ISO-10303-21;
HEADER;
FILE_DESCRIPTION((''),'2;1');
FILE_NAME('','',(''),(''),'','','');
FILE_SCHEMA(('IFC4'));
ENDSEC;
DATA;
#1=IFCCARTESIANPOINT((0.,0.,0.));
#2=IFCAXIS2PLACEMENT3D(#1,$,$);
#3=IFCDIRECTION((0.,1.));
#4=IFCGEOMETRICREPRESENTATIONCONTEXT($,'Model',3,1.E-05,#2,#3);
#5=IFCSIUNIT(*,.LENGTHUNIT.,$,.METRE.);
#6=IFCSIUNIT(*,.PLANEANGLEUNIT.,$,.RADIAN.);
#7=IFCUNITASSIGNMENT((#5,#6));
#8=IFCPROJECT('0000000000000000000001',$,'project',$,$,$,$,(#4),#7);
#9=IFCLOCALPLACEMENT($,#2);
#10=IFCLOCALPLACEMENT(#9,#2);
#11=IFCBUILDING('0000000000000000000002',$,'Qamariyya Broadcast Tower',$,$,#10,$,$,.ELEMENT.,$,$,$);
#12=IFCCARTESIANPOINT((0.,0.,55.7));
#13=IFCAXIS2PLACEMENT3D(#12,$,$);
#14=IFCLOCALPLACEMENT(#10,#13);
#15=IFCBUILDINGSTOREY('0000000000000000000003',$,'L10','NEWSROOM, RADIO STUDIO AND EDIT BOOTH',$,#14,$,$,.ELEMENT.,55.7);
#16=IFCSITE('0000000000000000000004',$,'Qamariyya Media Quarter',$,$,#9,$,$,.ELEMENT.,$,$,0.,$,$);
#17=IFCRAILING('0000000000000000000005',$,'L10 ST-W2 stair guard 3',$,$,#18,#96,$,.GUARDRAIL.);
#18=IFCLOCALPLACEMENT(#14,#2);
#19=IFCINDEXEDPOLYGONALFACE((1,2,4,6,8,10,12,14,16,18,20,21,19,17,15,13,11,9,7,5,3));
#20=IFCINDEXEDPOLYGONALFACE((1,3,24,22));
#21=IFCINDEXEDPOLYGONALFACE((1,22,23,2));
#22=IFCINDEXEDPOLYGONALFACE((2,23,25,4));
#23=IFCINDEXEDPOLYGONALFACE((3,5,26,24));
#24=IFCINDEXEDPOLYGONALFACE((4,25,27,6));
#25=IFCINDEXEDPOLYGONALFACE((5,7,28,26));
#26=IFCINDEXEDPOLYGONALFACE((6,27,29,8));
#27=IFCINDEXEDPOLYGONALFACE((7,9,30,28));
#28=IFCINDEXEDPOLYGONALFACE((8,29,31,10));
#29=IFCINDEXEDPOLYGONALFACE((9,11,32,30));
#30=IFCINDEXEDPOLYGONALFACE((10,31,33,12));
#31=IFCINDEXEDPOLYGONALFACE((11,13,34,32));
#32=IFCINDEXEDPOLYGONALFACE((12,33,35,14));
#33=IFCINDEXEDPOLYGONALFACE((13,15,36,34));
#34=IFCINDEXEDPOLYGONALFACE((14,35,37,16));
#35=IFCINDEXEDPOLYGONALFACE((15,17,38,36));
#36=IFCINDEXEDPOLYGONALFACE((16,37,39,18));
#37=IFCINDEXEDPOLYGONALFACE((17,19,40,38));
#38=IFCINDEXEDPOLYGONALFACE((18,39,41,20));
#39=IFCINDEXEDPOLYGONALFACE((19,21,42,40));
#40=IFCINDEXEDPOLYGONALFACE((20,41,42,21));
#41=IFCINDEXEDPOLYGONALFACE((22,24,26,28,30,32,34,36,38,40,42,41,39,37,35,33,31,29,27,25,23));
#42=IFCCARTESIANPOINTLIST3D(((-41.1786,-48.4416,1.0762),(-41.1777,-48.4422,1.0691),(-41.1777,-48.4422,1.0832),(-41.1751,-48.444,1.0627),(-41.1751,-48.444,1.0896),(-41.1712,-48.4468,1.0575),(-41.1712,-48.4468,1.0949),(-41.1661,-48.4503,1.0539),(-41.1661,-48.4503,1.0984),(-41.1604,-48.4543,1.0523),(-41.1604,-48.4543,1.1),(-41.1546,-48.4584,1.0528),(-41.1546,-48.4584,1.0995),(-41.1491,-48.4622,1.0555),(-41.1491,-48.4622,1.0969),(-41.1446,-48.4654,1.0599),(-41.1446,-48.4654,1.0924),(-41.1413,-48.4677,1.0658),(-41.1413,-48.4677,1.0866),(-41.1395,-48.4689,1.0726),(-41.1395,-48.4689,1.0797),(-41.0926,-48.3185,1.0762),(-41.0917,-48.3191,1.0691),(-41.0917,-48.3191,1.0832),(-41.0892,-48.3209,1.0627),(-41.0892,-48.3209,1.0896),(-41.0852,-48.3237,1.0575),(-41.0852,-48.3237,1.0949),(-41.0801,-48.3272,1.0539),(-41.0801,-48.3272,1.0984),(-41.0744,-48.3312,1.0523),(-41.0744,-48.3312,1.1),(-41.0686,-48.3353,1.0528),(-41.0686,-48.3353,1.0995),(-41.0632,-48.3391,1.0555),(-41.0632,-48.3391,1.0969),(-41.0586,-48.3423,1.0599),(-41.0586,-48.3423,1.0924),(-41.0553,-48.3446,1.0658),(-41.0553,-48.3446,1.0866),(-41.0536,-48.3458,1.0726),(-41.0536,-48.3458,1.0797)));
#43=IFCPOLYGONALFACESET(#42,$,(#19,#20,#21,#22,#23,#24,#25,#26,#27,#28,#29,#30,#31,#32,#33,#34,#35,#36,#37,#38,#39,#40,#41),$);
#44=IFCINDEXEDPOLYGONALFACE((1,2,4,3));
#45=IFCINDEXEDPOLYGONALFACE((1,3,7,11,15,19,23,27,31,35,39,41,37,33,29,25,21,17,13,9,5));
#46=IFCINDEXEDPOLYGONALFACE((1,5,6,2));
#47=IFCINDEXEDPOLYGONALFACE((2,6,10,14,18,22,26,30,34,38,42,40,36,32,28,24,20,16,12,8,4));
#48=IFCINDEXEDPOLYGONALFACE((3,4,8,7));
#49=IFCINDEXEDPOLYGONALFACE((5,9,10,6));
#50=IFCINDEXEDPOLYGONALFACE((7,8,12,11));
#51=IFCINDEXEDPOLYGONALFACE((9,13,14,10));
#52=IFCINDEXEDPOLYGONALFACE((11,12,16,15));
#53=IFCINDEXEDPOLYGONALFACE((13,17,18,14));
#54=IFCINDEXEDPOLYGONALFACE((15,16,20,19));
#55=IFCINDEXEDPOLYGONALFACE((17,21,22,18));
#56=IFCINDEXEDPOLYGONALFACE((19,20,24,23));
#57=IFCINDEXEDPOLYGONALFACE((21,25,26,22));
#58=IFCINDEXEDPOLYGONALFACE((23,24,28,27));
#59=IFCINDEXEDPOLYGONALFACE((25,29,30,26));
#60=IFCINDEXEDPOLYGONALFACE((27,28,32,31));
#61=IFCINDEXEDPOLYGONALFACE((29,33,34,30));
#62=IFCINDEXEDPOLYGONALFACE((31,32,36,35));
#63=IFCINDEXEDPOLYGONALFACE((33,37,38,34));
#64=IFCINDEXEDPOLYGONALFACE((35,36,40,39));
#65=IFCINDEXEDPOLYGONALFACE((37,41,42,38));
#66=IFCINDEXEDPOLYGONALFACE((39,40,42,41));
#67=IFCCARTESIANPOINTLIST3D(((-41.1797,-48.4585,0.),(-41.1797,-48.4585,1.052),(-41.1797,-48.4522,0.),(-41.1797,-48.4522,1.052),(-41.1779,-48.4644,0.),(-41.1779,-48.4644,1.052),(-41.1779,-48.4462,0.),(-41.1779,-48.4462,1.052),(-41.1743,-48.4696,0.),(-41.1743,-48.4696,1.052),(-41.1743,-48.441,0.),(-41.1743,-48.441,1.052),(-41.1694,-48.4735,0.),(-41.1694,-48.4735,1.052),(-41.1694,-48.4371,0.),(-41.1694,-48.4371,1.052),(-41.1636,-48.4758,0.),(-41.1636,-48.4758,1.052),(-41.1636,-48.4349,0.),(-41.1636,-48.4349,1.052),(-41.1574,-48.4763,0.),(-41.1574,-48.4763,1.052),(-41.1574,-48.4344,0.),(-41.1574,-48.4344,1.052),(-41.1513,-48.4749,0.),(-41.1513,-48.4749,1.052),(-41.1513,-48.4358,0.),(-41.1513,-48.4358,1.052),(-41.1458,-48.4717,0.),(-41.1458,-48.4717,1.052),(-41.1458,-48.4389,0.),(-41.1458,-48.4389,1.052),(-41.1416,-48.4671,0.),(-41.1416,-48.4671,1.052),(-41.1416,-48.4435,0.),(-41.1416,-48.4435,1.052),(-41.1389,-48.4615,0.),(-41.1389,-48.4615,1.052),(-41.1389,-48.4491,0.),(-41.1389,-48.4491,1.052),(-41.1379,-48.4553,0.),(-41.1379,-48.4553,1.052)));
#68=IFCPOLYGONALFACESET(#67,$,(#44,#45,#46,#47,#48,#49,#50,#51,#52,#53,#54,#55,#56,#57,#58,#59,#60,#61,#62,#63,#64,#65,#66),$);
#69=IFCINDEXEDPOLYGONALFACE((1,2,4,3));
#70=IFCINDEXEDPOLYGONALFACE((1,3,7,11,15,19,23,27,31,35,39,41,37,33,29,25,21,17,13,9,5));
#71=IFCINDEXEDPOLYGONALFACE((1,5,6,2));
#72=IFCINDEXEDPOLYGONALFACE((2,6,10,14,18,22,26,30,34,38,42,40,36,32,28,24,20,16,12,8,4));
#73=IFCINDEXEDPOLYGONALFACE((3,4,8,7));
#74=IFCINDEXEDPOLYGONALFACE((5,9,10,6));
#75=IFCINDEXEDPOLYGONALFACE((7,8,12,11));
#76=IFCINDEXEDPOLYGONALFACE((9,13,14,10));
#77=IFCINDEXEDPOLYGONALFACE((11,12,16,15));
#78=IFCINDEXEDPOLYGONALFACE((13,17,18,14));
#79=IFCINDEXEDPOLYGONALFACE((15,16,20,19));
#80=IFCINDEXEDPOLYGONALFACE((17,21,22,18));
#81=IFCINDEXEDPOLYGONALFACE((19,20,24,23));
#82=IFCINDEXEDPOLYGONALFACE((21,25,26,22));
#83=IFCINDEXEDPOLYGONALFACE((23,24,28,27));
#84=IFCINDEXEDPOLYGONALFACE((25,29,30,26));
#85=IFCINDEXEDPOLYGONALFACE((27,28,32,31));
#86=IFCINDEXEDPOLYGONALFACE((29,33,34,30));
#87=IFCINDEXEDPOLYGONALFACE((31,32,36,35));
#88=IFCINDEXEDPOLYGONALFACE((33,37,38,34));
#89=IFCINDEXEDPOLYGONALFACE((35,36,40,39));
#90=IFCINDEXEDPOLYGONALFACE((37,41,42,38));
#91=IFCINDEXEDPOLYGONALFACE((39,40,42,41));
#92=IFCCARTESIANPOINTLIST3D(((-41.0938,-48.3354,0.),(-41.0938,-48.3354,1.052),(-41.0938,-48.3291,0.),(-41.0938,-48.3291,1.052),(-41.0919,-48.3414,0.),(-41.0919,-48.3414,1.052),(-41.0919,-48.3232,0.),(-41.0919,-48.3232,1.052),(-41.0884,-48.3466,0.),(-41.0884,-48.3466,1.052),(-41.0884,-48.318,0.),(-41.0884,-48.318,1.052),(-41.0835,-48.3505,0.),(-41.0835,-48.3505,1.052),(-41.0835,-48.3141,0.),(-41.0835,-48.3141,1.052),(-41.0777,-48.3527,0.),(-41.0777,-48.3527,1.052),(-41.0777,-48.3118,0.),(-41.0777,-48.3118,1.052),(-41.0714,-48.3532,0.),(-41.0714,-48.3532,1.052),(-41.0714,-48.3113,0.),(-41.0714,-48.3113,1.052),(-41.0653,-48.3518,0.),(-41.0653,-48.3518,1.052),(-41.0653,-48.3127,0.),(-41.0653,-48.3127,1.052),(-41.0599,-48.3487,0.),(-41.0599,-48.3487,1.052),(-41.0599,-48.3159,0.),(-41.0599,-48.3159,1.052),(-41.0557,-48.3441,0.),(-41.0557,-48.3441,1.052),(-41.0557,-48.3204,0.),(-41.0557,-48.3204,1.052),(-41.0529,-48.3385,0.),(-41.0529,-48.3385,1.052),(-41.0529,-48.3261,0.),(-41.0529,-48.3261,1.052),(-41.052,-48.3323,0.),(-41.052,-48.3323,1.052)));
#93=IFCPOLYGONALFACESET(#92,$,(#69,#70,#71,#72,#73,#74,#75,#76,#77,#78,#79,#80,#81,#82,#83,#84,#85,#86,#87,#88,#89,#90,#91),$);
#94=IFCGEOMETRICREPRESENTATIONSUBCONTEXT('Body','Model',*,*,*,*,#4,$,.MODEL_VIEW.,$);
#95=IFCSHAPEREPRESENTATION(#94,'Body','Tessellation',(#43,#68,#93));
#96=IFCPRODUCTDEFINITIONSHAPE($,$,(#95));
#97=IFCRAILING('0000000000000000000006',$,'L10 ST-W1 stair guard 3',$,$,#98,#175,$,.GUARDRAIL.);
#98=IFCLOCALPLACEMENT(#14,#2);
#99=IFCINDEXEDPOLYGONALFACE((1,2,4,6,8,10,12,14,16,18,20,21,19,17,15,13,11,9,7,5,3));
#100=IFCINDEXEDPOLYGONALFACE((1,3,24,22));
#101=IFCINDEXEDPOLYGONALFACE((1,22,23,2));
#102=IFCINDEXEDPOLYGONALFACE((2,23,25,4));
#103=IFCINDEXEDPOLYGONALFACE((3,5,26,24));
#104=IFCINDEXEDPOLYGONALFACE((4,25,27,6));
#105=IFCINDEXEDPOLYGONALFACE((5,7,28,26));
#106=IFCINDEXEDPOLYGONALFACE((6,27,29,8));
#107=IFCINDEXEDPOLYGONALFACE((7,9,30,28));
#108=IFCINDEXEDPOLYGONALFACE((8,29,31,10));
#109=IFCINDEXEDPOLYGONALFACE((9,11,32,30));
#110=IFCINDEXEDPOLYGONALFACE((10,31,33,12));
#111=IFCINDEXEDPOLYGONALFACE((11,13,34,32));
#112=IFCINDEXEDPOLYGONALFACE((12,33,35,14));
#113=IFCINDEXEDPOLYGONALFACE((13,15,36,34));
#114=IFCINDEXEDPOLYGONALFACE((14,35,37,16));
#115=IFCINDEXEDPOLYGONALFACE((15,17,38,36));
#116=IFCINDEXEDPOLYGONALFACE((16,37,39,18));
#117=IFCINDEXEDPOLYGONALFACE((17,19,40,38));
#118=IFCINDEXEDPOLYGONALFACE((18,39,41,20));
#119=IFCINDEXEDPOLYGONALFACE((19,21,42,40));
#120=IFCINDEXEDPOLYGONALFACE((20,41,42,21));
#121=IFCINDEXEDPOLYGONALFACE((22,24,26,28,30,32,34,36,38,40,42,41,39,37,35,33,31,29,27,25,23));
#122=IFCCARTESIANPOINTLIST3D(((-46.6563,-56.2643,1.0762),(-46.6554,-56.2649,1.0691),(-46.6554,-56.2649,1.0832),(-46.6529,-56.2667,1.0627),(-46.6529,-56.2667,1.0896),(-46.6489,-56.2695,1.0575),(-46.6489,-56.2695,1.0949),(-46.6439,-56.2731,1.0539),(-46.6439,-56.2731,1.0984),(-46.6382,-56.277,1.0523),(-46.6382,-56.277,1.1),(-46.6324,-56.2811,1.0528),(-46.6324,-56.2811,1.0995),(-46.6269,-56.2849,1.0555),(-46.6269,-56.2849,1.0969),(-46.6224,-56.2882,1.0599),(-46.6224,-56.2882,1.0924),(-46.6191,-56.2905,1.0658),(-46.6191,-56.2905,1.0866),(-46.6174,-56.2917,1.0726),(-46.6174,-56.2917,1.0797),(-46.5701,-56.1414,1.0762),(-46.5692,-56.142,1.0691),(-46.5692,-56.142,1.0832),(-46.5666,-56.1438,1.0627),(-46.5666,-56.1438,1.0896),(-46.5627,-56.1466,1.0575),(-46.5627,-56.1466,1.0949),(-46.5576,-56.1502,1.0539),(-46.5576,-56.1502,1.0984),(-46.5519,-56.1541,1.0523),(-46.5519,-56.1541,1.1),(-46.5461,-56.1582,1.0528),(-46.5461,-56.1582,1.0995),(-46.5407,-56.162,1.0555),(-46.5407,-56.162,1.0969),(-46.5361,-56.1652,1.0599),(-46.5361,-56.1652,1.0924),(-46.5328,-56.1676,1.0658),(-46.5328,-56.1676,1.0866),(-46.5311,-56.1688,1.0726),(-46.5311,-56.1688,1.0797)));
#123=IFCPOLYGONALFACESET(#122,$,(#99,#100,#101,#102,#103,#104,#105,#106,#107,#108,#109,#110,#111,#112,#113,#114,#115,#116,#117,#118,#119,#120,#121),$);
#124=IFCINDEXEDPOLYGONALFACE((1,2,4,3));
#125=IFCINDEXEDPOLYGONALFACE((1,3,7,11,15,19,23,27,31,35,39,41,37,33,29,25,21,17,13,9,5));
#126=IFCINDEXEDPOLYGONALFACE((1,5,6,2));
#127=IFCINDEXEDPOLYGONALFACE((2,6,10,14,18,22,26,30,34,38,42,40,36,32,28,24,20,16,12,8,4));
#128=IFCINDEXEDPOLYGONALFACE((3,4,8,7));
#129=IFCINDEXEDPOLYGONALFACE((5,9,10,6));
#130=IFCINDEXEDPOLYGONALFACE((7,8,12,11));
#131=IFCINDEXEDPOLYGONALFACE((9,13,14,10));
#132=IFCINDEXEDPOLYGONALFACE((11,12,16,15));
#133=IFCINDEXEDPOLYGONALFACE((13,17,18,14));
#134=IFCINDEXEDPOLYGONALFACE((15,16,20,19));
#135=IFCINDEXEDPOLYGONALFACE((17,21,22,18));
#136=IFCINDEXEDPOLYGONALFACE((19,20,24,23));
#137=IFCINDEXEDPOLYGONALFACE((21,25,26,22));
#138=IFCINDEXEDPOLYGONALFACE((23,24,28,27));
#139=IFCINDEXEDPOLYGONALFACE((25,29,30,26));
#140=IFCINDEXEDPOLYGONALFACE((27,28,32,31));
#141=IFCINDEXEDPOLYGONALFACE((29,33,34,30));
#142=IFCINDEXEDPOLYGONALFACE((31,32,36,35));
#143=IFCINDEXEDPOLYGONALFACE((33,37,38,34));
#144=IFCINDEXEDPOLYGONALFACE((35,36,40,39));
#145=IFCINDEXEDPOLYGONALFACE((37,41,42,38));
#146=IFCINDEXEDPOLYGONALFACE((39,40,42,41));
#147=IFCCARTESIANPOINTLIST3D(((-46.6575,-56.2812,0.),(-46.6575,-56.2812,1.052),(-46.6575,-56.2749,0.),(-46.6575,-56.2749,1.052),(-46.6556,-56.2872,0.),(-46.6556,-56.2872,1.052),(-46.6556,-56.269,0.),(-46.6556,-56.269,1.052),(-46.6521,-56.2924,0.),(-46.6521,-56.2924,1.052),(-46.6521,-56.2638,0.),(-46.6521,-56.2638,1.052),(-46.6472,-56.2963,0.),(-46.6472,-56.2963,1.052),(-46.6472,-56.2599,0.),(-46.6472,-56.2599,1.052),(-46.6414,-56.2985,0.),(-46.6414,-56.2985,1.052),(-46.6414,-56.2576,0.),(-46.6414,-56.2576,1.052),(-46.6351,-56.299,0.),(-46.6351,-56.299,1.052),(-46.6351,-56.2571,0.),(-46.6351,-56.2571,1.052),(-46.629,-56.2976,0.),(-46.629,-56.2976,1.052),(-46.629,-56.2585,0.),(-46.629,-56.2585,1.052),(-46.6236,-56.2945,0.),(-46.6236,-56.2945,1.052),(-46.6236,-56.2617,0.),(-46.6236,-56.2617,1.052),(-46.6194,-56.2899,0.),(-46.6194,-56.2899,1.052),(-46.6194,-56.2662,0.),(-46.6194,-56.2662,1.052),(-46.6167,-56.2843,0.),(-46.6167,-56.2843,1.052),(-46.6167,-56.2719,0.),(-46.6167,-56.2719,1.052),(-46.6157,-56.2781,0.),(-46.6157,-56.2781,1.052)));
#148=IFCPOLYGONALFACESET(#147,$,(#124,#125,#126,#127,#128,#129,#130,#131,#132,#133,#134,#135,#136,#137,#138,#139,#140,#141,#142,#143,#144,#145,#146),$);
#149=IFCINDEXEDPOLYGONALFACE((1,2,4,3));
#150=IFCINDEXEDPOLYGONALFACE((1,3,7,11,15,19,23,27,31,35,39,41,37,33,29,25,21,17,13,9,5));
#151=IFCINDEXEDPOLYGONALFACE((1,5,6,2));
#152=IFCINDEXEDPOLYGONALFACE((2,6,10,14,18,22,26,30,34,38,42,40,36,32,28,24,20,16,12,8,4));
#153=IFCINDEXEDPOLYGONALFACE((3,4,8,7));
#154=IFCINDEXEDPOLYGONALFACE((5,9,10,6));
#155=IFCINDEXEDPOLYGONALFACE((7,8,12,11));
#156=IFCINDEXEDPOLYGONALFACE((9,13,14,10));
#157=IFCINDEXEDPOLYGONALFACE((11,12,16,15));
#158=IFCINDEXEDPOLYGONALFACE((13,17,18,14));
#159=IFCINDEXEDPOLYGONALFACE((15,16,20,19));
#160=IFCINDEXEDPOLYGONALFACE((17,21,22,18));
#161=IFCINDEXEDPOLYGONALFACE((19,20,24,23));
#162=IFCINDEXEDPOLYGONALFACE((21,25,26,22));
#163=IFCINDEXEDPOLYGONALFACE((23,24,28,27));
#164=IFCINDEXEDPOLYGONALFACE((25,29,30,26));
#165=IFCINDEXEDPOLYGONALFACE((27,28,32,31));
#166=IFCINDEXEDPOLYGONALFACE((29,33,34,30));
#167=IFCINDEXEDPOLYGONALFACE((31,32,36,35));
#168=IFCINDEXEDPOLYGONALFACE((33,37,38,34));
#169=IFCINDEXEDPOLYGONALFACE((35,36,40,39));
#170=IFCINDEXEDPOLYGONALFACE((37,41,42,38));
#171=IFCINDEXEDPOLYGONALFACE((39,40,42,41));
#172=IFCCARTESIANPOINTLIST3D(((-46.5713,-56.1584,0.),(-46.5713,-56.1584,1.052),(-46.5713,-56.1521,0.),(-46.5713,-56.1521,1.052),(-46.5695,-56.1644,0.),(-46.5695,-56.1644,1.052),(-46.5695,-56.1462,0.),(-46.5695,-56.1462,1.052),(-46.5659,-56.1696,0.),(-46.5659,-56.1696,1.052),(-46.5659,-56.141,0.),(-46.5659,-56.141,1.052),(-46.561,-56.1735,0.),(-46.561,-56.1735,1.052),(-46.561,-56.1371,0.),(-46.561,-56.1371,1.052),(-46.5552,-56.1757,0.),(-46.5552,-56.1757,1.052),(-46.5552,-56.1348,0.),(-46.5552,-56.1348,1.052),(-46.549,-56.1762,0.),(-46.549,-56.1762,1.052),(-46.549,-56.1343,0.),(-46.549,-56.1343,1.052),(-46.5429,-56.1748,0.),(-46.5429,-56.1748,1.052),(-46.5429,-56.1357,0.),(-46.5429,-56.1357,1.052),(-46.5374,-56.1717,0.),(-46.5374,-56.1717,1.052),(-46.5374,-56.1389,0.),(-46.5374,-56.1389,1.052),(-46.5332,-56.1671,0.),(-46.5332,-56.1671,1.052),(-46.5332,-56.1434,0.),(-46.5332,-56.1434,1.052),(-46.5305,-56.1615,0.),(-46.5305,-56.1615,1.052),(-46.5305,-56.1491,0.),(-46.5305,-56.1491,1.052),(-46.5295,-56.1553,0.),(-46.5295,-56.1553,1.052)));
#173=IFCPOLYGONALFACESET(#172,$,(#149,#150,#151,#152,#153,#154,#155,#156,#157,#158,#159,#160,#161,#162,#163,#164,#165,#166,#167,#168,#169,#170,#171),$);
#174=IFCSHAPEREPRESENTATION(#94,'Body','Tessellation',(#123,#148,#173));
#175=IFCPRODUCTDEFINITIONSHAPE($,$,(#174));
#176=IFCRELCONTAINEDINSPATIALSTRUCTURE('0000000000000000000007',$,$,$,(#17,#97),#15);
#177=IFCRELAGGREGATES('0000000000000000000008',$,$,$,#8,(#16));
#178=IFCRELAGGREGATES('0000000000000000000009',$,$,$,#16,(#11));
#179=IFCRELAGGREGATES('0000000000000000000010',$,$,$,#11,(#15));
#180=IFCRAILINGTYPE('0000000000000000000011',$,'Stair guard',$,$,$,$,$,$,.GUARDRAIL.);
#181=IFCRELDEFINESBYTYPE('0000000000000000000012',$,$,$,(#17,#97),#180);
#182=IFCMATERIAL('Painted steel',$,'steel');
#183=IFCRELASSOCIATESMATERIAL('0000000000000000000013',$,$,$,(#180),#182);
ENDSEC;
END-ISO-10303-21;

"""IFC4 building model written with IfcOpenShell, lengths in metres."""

from ifc_helpers import new_model, si_unit, direction, frame, origin, origin_2d, place, context, subcontext, project, spatial, circle, extrude, material, type_object, element, save


model = new_model("IFC4")

# Units and contexts
model_context = context("Model", 3, precision=1e-05, world=origin(), true_north=direction((0.0, 1.0)))
body_context = subcontext(model_context, "Body", "Model", "MODEL_VIEW")
ifc_project = project(units=[si_unit("LENGTHUNIT", "METRE"), si_unit("PLANEANGLEUNIT", "RADIAN")], contexts=[model_context])

# Site, building, storey
site_placement = place(None, origin())
site = spatial("IfcSite", under=ifc_project, at=site_placement, Name="Qamariyya Media Quarter", CompositionType="ELEMENT", RefElevation=0.0)
building_placement = place(site_placement, origin())
building = spatial("IfcBuilding", under=site, at=building_placement, Name="Qamariyya Broadcast Tower", CompositionType="ELEMENT")
storey_placement = place(building_placement, frame((0.0, 0.0, 55.7)))
storey = spatial("IfcBuildingStorey", under=building, at=storey_placement, Name="L10", Description="NEWSROOM, RADIO STUDIO AND EDIT BOOTH", CompositionType="ELEMENT", Elevation=55.7)

# Railings
ifc_material_1 = material(Name="Painted steel", Category="steel")
railing_type_1 = type_object("IfcRailingType", Name="Stair guard", PredefinedType="GUARDRAIL", material=ifc_material_1)
railing_1_placement = place(storey_placement, frame((-41.1589, -48.4553, 0.0)))
element("IfcRailing", 1, at=railing_1_placement, inside=storey, type_object=railing_type_1, Name="L10 ST-W2 stair guard 3", PredefinedType="GUARDRAIL", context=body_context, shape_type="SweptSolid", body=[
    extrude(circle(Radius=0.0239, at=origin_2d()), frame((0.0, 0.0, 1.0762), z_axis=(0.572589, 0.819843, 0.0), x_axis=(-0.819843, 0.572589, 0.0)), (0.0, 0.0, 1.0), 0.1501),
    extrude(circle(Radius=0.021, at=origin_2d()), origin(), (0.0, 0.0, 1.0), 1.052),
    extrude(circle(Radius=0.021, at=origin_2d()), frame((0.0859, 0.123, 0.0)), (0.0, 0.0, 1.0), 1.052),
])
railing_2_placement = place(storey_placement, frame((-46.6367, -56.2781, 0.0)))
element("IfcRailing", 2, at=railing_2_placement, inside=storey, type_object=railing_type_1, Name="L10 ST-W1 stair guard 3", PredefinedType="GUARDRAIL", context=body_context, shape_type="SweptSolid", body=[
    extrude(circle(Radius=0.0239, at=origin_2d()), frame((0.0, 0.0, 1.0762), z_axis=(0.574445, 0.818543, 0.0), x_axis=(-0.818543, 0.574445, 0.0)), (0.0, 0.0, 1.0), 0.1501),
    extrude(circle(Radius=0.021, at=origin_2d()), origin(), (0.0, 0.0, 1.0), 1.052),
    extrude(circle(Radius=0.021, at=origin_2d()), frame((0.0862, 0.1228, 0.0)), (0.0, 0.0, 1.0), 1.052),
])

save(model, "model.ifc")
